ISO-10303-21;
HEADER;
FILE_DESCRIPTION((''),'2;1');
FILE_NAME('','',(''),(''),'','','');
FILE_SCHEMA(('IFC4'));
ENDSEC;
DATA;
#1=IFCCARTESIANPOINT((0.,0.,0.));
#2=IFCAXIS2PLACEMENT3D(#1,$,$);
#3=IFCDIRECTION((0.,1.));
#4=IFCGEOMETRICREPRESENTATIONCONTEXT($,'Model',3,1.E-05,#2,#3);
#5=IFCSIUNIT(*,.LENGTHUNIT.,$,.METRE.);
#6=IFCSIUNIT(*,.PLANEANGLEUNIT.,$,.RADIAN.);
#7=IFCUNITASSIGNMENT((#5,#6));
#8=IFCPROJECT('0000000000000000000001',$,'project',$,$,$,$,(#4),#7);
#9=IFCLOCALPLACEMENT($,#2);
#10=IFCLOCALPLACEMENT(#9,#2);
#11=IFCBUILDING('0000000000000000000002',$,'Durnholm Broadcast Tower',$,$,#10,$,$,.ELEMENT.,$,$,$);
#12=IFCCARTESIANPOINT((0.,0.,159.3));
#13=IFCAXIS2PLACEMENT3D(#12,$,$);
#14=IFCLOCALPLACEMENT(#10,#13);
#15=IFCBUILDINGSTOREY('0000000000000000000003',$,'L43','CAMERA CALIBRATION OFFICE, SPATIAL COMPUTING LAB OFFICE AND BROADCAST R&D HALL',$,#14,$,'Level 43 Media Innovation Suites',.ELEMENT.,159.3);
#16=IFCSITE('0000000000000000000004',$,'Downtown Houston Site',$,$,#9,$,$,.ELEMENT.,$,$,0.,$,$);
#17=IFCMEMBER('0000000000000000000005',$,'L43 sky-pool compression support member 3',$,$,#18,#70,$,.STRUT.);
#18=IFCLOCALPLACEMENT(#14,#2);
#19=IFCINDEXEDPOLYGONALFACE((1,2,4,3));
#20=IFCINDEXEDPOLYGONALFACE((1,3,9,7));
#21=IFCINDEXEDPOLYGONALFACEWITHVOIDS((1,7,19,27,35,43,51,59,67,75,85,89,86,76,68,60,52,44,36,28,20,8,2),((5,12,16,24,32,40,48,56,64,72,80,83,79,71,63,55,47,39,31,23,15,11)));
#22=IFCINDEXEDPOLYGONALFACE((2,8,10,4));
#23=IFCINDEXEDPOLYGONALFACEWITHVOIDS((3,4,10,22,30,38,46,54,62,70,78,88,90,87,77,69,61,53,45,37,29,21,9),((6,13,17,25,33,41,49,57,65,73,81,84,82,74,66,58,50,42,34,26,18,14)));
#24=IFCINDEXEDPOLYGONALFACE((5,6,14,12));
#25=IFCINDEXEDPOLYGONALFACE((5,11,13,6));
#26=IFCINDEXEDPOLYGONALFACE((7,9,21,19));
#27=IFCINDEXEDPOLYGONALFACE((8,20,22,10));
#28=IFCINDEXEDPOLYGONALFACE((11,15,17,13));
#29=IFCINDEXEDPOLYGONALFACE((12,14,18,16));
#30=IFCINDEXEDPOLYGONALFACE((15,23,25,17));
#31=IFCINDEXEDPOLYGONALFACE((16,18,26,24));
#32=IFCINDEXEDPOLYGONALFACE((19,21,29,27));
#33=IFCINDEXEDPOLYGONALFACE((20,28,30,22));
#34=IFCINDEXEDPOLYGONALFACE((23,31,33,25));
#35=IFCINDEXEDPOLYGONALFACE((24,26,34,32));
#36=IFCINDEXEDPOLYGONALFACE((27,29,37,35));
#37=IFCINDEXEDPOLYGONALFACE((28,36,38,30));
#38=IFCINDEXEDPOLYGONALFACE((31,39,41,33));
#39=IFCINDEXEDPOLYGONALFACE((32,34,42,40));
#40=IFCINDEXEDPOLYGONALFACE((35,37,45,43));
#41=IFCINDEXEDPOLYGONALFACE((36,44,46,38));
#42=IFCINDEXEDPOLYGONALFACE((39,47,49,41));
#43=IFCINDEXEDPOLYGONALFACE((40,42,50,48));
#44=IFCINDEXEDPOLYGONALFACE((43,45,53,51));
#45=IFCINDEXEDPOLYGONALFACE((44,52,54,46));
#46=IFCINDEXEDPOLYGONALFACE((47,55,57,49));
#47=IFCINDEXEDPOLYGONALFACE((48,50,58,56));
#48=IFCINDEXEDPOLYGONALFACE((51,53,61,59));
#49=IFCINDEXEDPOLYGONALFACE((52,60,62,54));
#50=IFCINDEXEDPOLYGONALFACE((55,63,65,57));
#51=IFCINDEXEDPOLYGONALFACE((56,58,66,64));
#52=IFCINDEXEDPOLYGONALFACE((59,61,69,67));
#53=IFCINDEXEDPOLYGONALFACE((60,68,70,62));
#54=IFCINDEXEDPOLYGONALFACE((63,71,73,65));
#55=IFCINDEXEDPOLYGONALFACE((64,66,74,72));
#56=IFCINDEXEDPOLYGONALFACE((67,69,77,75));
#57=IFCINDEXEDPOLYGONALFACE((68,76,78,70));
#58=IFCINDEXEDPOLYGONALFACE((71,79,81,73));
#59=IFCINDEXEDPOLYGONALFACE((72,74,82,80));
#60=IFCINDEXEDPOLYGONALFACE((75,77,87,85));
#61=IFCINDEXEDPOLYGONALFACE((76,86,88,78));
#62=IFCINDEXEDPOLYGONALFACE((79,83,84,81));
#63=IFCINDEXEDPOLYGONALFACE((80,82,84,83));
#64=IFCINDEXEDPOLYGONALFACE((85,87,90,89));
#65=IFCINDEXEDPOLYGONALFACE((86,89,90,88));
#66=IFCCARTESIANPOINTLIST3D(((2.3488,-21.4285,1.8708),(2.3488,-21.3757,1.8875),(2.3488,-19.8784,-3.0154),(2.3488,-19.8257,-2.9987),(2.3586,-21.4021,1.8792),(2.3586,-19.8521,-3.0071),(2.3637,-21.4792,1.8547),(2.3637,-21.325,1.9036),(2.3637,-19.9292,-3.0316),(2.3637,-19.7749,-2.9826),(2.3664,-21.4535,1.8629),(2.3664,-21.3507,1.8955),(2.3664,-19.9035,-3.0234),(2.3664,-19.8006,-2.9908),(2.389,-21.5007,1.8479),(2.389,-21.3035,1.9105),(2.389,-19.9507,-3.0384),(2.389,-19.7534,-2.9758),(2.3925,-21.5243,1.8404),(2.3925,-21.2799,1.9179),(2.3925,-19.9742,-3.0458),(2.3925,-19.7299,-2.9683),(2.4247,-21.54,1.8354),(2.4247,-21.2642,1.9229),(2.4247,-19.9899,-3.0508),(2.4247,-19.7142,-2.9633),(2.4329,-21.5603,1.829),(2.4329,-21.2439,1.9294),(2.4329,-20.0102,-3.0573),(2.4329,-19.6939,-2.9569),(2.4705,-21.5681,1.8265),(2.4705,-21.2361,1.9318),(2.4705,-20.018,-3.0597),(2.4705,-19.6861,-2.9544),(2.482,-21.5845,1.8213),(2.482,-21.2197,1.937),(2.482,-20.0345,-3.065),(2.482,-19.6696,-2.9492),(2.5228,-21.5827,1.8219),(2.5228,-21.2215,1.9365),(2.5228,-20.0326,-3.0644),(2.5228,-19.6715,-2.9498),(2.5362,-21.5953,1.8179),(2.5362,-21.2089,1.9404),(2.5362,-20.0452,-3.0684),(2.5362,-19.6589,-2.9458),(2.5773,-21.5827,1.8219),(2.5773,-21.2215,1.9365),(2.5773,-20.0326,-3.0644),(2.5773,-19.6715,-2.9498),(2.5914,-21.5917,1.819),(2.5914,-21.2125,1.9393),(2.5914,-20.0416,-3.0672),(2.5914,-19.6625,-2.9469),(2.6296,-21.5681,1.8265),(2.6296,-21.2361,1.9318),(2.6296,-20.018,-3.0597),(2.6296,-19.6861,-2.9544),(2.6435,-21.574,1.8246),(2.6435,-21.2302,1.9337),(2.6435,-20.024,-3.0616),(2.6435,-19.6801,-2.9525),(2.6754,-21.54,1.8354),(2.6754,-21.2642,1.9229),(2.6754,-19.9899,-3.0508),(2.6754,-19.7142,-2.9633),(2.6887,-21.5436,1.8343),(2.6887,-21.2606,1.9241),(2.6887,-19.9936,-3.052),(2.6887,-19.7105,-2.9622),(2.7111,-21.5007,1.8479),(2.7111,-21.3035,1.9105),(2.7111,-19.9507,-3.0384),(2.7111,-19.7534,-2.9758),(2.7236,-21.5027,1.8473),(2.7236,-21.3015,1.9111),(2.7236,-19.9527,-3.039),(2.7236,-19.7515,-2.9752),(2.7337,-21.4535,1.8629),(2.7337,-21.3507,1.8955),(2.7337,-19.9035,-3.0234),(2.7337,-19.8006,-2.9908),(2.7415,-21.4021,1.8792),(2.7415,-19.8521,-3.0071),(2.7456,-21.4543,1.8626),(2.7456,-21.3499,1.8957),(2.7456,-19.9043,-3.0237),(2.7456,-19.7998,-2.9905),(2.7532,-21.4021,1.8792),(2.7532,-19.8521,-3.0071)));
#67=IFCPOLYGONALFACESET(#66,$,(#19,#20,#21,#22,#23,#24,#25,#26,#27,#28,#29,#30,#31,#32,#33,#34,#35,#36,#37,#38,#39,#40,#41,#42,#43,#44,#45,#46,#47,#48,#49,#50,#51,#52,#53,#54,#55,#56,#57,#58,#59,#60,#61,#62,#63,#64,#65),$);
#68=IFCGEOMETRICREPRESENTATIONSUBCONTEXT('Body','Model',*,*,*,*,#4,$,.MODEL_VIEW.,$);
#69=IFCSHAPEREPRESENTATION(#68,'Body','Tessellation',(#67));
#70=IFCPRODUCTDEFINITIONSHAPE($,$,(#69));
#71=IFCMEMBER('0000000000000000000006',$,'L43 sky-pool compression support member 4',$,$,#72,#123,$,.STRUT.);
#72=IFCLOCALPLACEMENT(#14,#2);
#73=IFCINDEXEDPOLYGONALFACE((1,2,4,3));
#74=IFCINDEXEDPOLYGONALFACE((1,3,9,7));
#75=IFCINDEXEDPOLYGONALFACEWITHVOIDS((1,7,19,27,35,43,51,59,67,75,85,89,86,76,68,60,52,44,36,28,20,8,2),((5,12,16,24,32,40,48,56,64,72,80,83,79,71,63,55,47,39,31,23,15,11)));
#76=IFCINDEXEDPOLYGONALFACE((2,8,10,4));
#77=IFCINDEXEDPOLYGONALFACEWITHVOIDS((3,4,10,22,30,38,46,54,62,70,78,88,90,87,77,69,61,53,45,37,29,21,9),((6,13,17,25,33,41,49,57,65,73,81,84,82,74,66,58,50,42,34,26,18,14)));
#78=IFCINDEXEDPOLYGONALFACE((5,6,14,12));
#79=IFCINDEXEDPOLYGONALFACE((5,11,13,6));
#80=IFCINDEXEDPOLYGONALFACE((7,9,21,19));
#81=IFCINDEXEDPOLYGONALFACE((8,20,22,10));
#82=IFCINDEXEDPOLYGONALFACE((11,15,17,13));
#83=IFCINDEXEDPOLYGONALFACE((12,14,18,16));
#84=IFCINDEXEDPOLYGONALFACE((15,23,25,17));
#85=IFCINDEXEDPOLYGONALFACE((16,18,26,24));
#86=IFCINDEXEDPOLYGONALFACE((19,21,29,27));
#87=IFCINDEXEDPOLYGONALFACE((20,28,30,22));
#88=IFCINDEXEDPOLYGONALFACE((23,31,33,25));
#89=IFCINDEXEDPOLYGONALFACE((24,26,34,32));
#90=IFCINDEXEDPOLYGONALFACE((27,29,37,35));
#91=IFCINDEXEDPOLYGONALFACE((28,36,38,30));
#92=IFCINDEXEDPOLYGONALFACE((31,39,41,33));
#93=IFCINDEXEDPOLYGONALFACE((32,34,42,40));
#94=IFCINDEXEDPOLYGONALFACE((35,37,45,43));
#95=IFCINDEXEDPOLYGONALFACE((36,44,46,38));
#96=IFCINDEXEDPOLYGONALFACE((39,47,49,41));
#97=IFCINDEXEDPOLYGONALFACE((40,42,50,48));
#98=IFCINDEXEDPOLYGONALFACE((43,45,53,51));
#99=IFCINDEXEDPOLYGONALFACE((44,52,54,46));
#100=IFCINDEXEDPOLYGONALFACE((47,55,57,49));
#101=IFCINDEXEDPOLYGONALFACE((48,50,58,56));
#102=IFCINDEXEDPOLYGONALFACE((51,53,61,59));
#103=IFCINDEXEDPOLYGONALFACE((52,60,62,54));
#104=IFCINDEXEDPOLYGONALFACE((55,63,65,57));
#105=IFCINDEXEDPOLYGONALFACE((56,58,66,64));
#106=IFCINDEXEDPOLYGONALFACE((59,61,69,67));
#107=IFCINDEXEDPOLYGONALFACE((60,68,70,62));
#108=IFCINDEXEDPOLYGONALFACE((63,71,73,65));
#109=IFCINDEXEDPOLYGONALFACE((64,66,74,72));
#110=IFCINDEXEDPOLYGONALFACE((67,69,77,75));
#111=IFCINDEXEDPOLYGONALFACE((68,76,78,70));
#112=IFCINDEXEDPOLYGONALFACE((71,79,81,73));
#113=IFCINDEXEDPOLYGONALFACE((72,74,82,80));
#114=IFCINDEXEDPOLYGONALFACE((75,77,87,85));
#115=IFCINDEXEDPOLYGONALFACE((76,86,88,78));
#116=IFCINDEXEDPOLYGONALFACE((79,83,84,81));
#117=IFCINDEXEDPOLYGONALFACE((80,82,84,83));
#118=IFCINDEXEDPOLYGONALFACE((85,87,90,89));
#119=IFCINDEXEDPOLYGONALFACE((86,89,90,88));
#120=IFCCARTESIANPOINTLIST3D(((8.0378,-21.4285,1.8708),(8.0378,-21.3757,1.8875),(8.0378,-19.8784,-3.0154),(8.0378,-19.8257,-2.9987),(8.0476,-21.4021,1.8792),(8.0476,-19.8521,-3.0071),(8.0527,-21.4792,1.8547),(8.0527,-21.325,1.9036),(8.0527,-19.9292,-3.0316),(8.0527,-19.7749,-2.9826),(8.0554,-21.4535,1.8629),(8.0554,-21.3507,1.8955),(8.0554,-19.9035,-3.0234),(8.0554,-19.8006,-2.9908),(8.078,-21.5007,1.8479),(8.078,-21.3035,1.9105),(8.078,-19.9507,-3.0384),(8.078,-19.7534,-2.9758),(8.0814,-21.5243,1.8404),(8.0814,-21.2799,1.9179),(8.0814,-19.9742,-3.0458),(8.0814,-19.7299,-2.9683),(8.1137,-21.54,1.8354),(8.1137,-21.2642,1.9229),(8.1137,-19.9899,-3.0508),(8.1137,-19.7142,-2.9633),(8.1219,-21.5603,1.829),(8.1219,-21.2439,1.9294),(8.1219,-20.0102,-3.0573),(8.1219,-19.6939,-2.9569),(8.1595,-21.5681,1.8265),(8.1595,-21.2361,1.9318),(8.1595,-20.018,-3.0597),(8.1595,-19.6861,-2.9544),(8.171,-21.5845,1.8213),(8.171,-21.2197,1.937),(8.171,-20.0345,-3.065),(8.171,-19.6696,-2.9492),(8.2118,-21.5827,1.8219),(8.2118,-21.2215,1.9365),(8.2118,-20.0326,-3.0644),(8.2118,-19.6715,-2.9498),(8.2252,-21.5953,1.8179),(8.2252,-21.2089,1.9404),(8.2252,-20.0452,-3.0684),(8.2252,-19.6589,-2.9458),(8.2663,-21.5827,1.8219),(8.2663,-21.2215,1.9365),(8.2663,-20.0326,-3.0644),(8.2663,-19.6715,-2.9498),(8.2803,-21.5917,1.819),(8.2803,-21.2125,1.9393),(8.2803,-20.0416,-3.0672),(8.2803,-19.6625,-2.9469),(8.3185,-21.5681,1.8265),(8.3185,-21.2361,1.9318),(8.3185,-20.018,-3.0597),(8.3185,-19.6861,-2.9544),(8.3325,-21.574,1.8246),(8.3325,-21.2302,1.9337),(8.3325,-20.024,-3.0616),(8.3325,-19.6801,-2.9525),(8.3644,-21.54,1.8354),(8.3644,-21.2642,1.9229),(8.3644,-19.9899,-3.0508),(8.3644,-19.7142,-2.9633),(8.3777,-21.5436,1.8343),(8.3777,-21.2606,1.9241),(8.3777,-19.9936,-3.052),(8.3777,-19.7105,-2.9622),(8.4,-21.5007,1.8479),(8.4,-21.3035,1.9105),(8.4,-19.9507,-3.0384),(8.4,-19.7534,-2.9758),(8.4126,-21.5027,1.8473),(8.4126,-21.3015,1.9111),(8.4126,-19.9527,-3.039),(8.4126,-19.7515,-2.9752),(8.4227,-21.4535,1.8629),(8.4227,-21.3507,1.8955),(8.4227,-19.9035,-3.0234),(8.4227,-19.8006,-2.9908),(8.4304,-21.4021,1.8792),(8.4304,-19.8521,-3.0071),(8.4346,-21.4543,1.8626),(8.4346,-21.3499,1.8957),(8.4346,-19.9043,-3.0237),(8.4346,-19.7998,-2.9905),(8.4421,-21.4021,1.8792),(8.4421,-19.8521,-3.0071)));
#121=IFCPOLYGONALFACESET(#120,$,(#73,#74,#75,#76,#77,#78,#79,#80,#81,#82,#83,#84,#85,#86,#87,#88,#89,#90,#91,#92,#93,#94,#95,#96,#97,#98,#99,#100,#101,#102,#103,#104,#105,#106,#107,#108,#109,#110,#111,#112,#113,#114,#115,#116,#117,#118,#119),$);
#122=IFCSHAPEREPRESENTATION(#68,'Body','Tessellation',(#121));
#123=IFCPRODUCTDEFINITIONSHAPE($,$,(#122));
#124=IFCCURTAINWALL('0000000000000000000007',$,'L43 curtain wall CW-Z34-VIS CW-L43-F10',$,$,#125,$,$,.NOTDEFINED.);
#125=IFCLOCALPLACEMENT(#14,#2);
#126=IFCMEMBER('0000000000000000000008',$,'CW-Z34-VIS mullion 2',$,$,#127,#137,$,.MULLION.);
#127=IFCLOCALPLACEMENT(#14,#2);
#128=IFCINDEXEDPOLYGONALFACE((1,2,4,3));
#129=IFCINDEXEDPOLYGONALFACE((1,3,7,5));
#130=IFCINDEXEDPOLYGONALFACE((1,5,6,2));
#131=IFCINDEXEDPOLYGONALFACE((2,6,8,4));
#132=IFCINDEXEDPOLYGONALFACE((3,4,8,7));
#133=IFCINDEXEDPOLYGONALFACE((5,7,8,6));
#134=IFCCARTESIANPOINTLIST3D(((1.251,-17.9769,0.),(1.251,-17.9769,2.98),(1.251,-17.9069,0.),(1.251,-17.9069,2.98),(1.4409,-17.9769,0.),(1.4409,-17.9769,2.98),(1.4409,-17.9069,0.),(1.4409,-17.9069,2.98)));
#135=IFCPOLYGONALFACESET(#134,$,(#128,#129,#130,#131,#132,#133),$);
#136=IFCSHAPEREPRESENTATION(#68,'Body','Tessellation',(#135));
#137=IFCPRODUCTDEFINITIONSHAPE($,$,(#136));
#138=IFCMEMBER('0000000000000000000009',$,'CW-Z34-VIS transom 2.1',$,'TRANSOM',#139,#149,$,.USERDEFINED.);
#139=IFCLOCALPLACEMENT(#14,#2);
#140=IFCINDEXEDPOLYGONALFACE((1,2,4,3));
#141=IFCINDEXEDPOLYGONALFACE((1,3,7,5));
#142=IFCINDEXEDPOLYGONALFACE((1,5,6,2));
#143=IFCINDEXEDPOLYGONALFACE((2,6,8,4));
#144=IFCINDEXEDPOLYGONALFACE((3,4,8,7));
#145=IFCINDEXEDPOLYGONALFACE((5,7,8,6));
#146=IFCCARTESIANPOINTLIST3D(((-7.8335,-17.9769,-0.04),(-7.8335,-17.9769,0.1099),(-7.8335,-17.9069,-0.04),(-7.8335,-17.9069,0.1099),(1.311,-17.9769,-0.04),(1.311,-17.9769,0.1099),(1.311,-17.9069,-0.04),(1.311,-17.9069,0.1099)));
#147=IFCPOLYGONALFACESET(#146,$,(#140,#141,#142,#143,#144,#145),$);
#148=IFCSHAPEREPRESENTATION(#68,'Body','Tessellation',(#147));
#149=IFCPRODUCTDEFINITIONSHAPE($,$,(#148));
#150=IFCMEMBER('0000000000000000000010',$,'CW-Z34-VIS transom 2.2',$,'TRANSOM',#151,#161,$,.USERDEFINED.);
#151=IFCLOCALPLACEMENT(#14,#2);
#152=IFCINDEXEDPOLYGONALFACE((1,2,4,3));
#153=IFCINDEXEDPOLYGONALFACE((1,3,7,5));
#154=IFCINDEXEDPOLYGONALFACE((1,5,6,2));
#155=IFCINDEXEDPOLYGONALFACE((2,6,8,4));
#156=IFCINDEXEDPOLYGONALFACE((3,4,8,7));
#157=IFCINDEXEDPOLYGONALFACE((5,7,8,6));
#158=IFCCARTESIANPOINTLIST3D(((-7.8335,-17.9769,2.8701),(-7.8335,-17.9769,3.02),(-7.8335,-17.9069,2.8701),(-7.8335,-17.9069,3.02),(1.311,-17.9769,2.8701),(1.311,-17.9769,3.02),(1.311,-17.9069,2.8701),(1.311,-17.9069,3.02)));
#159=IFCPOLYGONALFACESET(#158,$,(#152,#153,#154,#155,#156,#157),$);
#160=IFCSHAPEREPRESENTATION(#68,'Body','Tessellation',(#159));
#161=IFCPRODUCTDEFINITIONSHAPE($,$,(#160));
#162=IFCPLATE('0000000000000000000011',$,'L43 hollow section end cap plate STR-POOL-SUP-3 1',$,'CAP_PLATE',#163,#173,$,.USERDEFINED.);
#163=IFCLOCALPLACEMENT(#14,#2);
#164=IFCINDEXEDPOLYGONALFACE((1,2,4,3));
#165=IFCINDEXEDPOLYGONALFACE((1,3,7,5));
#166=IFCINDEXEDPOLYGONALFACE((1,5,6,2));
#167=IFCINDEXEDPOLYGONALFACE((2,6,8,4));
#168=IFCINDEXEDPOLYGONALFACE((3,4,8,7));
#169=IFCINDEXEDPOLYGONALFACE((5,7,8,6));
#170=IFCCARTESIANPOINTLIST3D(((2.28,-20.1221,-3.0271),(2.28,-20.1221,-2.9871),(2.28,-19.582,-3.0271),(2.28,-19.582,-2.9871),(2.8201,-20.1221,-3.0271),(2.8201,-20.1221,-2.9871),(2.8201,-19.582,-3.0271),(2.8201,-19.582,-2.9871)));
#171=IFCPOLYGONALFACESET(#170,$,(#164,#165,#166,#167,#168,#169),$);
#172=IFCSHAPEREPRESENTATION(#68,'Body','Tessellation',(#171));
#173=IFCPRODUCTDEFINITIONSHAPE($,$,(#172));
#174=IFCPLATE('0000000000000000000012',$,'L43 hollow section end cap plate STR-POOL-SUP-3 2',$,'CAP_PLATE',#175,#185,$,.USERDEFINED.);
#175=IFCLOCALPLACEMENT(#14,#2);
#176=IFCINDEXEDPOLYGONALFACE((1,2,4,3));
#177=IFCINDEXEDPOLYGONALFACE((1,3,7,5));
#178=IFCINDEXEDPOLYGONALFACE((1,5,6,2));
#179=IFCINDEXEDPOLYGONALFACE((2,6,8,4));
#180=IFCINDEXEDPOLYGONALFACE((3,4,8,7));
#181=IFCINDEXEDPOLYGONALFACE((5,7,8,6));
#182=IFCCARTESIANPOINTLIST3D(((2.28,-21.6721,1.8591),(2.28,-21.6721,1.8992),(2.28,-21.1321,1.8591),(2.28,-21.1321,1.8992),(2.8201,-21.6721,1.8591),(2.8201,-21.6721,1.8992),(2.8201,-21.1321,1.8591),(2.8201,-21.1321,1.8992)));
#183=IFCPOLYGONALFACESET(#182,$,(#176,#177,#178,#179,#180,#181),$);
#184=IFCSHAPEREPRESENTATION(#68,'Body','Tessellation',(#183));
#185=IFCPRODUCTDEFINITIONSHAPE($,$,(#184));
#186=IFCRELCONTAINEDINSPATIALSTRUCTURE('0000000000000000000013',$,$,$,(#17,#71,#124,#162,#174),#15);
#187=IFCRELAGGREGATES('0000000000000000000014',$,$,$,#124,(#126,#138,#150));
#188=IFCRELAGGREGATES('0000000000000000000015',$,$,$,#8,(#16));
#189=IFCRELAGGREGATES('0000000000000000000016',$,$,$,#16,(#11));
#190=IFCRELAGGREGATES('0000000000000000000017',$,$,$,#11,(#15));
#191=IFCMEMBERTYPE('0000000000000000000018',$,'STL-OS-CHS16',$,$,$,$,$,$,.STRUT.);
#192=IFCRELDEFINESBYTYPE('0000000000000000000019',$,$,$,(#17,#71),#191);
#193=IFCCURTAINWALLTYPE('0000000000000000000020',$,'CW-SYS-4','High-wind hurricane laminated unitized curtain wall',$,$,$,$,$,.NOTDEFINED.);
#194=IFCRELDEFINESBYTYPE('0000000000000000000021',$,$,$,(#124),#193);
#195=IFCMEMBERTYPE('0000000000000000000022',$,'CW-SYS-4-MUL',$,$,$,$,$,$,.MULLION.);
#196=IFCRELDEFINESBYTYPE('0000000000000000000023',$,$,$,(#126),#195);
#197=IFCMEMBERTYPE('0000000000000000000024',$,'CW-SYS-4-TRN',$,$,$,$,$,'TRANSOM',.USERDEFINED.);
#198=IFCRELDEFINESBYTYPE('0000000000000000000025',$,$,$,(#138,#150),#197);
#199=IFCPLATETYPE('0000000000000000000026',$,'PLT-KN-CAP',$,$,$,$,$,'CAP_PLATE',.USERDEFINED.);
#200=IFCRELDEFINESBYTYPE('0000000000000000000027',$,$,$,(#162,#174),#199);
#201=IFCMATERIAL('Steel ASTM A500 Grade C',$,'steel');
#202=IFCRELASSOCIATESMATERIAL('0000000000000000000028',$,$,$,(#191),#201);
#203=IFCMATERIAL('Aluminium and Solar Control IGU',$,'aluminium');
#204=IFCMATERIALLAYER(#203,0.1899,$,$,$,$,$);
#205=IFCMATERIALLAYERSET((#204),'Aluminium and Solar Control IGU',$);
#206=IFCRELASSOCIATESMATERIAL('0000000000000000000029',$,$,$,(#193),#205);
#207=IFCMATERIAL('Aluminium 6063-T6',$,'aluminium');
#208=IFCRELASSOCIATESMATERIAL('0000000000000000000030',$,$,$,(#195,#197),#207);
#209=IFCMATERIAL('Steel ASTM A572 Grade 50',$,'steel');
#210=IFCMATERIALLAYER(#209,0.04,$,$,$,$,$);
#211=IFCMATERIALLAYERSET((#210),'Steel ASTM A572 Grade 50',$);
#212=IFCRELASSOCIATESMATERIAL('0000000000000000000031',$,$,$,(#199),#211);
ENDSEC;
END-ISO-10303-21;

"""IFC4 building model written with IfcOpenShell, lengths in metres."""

from ifc_helpers import new_model, si_unit, direction, frame, origin, origin_2d, place, context, subcontext, project, spatial, rectangle, hollow_circle, extrude, source, transform, mapped, material, layer, layer_set, material_profile, profile_set, type_object, type_shapes, element, aggregate, save


model = new_model("IFC4")

# Units and contexts
model_context = context("Model", 3, precision=1e-05, world=origin(), true_north=direction((0.0, 1.0)))
body_context = subcontext(model_context, "Body", "Model", "MODEL_VIEW")
ifc_project = project(units=[si_unit("LENGTHUNIT", "METRE"), si_unit("PLANEANGLEUNIT", "RADIAN")], contexts=[model_context])

# Site, building, storey
site_placement = place(None, origin())
site = spatial("IfcSite", under=ifc_project, at=site_placement, Name="Downtown Houston Site", CompositionType="ELEMENT", RefElevation=0.0)
building_placement = place(site_placement, origin())
building = spatial("IfcBuilding", under=site, at=building_placement, Name="Durnholm Broadcast Tower", CompositionType="ELEMENT")
storey_placement = place(building_placement, frame((0.0, 0.0, 159.3)))
storey = spatial("IfcBuildingStorey", under=building, at=storey_placement, Name="L43", Description="CAMERA CALIBRATION OFFICE, SPATIAL COMPUTING LAB OFFICE AND BROADCAST R&D HALL", LongName="Level 43 Media Innovation Suites", CompositionType="ELEMENT", Elevation=159.3)

# Members
ifc_material_1 = material(Name="Steel ASTM A500 Grade C", Category="steel")
ifc_material_profile_1 = material_profile(ifc_material_1, hollow_circle(Radius=0.2031, WallThickness=0.0117, at=origin_2d()), Name="HSS16.000X0.500")
ifc_profile_set_1 = profile_set([ifc_material_profile_1], Name="Steel ASTM A500 Grade C")
member_type_1 = type_object("IfcMemberType", Name="STL-OS-CHS16", PredefinedType="STRUT", material=ifc_profile_set_1)
shared_shape_1 = source(origin(), body_context, "Body", "SweptSolid", [
    extrude(hollow_circle(Radius=0.2031, WallThickness=0.0117, at=origin_2d()), origin(), (0.0, 0.0, 1.0), 5.1262),
])
type_shapes(member_type_1, [shared_shape_1])
for number, where, z_axis, x_axis, name in (
    (1, (2.55, -19.8521, -3.0071), (0.0, -0.302378, 0.953188), (1.0, 0.0, 0.0), "L43 sky-pool compression support member 3"),
    (2, (8.239, -19.8521, -3.0071), (0.0, -0.302378, 0.953188), (1.0, 0.0, 0.0), "L43 sky-pool compression support member 4"),
):
    element("IfcMember", number, at=place(storey_placement, frame(where, z_axis=z_axis, x_axis=x_axis)), inside=storey, type_object=member_type_1, Name=name, PredefinedType="STRUT", context=body_context, shape_type="MappedRepresentation", body=[
        mapped(shared_shape_1, transform((0.0, 0.0, 0.0), x_axis=(1.0, 0.0, 0.0), y_axis=(0.0, 1.0, 0.0), z_axis=(0.0, 0.0, 1.0), scale=1.0)),
    ])

# Curtain wall, members
ifc_material_2 = material(Name="Aluminium and Solar Control IGU", Category="aluminium")
ifc_layer_1 = layer(ifc_material_2, 0.1899)
ifc_layer_set_1 = layer_set([ifc_layer_1], Name="Aluminium and Solar Control IGU")
curtain_wall_type = type_object("IfcCurtainWallType", Name="CW-SYS-4", Description="High-wind hurricane laminated unitized curtain wall", PredefinedType="NOTDEFINED", material=ifc_layer_set_1)
curtain_wall_placement = place(storey_placement, origin())
curtain_wall = element("IfcCurtainWall", 3, at=curtain_wall_placement, inside=storey, type_object=curtain_wall_type, Name="L43 curtain wall CW-Z34-VIS CW-L43-F10", PredefinedType="NOTDEFINED")
ifc_material_3 = material(Name="Aluminium 6063-T6", Category="aluminium")
ifc_material_profile_2 = material_profile(ifc_material_3, rectangle(XDim=0.0701, YDim=0.1899, at=origin_2d()), Name="CWM70X190")
ifc_profile_set_2 = profile_set([ifc_material_profile_2], Name="Aluminium 6063-T6")
member_type_2 = type_object("IfcMemberType", Name="CW-SYS-4-MUL", PredefinedType="MULLION", material=ifc_profile_set_2)
shared_shape_2 = source(origin(), body_context, "Body", "SweptSolid", [
    extrude(rectangle(XDim=0.0701, YDim=0.1899, at=origin_2d()), origin(), (0.0, 0.0, 1.0), 2.98),
])
type_shapes(member_type_2, [shared_shape_2])
member_1_placement = place(storey_placement, frame((1.3459, -17.9419, 0.0), z_axis=(0.0, 0.0, 1.0), x_axis=(0.0, -1.0, 0.0)))
member_1 = element("IfcMember", 4, at=member_1_placement, type_object=member_type_2, Name="CW-Z34-VIS mullion 2", PredefinedType="MULLION", context=body_context, shape_type="MappedRepresentation", body=[
    mapped(shared_shape_2, transform((0.0, 0.0, 0.0), x_axis=(1.0, 0.0, 0.0), y_axis=(0.0, 1.0, 0.0), z_axis=(0.0, 0.0, 1.0), scale=1.0)),
])
ifc_material_profile_3 = material_profile(ifc_material_3, rectangle(XDim=0.0701, YDim=0.1499, at=origin_2d()), Name="CWT70X150")
ifc_profile_set_3 = profile_set([ifc_material_profile_3], Name="Aluminium 6063-T6")
member_type_3 = type_object("IfcMemberType", Name="CW-SYS-4-TRN", ElementType="TRANSOM", PredefinedType="USERDEFINED", material=ifc_profile_set_3)
shared_shape_3 = source(origin(), body_context, "Body", "SweptSolid", [
    extrude(rectangle(XDim=0.0701, YDim=0.1499, at=origin_2d()), origin(), (0.0, 0.0, 1.0), 9.1445),
])
type_shapes(member_type_3, [shared_shape_3])
member_2_placement = place(storey_placement, frame((1.311, -17.9419, 0.0349), z_axis=(-1.0, 0.0, 0.0), x_axis=(0.0, -1.0, 0.0)))
member_2 = element("IfcMember", 5, at=member_2_placement, type_object=member_type_3, Name="CW-Z34-VIS transom 2.1", ObjectType="TRANSOM", PredefinedType="USERDEFINED", context=body_context, shape_type="MappedRepresentation", body=[
    mapped(shared_shape_3, transform((0.0, 0.0, 0.0), x_axis=(1.0, 0.0, 0.0), y_axis=(0.0, 1.0, 0.0), z_axis=(0.0, 0.0, 1.0), scale=1.0)),
])
member_3_placement = place(storey_placement, frame((1.311, -17.9419, 2.9451), z_axis=(-1.0, 0.0, 0.0), x_axis=(0.0, -1.0, 0.0)))
member_3 = element("IfcMember", 6, at=member_3_placement, type_object=member_type_3, Name="CW-Z34-VIS transom 2.2", ObjectType="TRANSOM", PredefinedType="USERDEFINED", context=body_context, shape_type="MappedRepresentation", body=[
    mapped(shared_shape_3, transform((0.0, 0.0, 0.0), x_axis=(1.0, 0.0, 0.0), y_axis=(0.0, 1.0, 0.0), z_axis=(0.0, 0.0, 1.0), scale=1.0)),
])

# Plates
ifc_material_4 = material(Name="Steel ASTM A572 Grade 50", Category="steel")
ifc_layer_2 = layer(ifc_material_4, 0.04)
ifc_layer_set_2 = layer_set([ifc_layer_2], Name="Steel ASTM A572 Grade 50")
plate_type_1 = type_object("IfcPlateType", Name="PLT-KN-CAP", ElementType="CAP_PLATE", PredefinedType="USERDEFINED", material=ifc_layer_set_2)
shared_shape_4 = source(origin(), body_context, "Body", "SweptSolid", [
    extrude(rectangle(XDim=0.54, YDim=0.54, at=origin_2d()), origin(), (0.0, 0.0, 1.0), 0.04),
])
type_shapes(plate_type_1, [shared_shape_4])
for number, where, z_axis, x_axis, name in (
    (7, (2.55, -19.8521, -3.0271), (0.0, 0.0, 1.0), (0.0, -1.0, 0.0), "L43 hollow section end cap plate STR-POOL-SUP-3 1"),
    (8, (2.55, -21.4021, 1.8591), (0.0, 0.0, 1.0), (0.0, -1.0, 0.0), "L43 hollow section end cap plate STR-POOL-SUP-3 2"),
):
    element("IfcPlate", number, at=place(storey_placement, frame(where, z_axis=z_axis, x_axis=x_axis)), inside=storey, type_object=plate_type_1, Name=name, ObjectType="CAP_PLATE", PredefinedType="USERDEFINED", context=body_context, shape_type="MappedRepresentation", body=[
        mapped(shared_shape_4, transform((0.0, 0.0, 0.0), x_axis=(1.0, 0.0, 0.0), y_axis=(0.0, 1.0, 0.0), z_axis=(0.0, 0.0, 1.0), scale=1.0)),
    ])

aggregate(curtain_wall, [member_1, member_2, member_3])

save(model, "model.ifc")
